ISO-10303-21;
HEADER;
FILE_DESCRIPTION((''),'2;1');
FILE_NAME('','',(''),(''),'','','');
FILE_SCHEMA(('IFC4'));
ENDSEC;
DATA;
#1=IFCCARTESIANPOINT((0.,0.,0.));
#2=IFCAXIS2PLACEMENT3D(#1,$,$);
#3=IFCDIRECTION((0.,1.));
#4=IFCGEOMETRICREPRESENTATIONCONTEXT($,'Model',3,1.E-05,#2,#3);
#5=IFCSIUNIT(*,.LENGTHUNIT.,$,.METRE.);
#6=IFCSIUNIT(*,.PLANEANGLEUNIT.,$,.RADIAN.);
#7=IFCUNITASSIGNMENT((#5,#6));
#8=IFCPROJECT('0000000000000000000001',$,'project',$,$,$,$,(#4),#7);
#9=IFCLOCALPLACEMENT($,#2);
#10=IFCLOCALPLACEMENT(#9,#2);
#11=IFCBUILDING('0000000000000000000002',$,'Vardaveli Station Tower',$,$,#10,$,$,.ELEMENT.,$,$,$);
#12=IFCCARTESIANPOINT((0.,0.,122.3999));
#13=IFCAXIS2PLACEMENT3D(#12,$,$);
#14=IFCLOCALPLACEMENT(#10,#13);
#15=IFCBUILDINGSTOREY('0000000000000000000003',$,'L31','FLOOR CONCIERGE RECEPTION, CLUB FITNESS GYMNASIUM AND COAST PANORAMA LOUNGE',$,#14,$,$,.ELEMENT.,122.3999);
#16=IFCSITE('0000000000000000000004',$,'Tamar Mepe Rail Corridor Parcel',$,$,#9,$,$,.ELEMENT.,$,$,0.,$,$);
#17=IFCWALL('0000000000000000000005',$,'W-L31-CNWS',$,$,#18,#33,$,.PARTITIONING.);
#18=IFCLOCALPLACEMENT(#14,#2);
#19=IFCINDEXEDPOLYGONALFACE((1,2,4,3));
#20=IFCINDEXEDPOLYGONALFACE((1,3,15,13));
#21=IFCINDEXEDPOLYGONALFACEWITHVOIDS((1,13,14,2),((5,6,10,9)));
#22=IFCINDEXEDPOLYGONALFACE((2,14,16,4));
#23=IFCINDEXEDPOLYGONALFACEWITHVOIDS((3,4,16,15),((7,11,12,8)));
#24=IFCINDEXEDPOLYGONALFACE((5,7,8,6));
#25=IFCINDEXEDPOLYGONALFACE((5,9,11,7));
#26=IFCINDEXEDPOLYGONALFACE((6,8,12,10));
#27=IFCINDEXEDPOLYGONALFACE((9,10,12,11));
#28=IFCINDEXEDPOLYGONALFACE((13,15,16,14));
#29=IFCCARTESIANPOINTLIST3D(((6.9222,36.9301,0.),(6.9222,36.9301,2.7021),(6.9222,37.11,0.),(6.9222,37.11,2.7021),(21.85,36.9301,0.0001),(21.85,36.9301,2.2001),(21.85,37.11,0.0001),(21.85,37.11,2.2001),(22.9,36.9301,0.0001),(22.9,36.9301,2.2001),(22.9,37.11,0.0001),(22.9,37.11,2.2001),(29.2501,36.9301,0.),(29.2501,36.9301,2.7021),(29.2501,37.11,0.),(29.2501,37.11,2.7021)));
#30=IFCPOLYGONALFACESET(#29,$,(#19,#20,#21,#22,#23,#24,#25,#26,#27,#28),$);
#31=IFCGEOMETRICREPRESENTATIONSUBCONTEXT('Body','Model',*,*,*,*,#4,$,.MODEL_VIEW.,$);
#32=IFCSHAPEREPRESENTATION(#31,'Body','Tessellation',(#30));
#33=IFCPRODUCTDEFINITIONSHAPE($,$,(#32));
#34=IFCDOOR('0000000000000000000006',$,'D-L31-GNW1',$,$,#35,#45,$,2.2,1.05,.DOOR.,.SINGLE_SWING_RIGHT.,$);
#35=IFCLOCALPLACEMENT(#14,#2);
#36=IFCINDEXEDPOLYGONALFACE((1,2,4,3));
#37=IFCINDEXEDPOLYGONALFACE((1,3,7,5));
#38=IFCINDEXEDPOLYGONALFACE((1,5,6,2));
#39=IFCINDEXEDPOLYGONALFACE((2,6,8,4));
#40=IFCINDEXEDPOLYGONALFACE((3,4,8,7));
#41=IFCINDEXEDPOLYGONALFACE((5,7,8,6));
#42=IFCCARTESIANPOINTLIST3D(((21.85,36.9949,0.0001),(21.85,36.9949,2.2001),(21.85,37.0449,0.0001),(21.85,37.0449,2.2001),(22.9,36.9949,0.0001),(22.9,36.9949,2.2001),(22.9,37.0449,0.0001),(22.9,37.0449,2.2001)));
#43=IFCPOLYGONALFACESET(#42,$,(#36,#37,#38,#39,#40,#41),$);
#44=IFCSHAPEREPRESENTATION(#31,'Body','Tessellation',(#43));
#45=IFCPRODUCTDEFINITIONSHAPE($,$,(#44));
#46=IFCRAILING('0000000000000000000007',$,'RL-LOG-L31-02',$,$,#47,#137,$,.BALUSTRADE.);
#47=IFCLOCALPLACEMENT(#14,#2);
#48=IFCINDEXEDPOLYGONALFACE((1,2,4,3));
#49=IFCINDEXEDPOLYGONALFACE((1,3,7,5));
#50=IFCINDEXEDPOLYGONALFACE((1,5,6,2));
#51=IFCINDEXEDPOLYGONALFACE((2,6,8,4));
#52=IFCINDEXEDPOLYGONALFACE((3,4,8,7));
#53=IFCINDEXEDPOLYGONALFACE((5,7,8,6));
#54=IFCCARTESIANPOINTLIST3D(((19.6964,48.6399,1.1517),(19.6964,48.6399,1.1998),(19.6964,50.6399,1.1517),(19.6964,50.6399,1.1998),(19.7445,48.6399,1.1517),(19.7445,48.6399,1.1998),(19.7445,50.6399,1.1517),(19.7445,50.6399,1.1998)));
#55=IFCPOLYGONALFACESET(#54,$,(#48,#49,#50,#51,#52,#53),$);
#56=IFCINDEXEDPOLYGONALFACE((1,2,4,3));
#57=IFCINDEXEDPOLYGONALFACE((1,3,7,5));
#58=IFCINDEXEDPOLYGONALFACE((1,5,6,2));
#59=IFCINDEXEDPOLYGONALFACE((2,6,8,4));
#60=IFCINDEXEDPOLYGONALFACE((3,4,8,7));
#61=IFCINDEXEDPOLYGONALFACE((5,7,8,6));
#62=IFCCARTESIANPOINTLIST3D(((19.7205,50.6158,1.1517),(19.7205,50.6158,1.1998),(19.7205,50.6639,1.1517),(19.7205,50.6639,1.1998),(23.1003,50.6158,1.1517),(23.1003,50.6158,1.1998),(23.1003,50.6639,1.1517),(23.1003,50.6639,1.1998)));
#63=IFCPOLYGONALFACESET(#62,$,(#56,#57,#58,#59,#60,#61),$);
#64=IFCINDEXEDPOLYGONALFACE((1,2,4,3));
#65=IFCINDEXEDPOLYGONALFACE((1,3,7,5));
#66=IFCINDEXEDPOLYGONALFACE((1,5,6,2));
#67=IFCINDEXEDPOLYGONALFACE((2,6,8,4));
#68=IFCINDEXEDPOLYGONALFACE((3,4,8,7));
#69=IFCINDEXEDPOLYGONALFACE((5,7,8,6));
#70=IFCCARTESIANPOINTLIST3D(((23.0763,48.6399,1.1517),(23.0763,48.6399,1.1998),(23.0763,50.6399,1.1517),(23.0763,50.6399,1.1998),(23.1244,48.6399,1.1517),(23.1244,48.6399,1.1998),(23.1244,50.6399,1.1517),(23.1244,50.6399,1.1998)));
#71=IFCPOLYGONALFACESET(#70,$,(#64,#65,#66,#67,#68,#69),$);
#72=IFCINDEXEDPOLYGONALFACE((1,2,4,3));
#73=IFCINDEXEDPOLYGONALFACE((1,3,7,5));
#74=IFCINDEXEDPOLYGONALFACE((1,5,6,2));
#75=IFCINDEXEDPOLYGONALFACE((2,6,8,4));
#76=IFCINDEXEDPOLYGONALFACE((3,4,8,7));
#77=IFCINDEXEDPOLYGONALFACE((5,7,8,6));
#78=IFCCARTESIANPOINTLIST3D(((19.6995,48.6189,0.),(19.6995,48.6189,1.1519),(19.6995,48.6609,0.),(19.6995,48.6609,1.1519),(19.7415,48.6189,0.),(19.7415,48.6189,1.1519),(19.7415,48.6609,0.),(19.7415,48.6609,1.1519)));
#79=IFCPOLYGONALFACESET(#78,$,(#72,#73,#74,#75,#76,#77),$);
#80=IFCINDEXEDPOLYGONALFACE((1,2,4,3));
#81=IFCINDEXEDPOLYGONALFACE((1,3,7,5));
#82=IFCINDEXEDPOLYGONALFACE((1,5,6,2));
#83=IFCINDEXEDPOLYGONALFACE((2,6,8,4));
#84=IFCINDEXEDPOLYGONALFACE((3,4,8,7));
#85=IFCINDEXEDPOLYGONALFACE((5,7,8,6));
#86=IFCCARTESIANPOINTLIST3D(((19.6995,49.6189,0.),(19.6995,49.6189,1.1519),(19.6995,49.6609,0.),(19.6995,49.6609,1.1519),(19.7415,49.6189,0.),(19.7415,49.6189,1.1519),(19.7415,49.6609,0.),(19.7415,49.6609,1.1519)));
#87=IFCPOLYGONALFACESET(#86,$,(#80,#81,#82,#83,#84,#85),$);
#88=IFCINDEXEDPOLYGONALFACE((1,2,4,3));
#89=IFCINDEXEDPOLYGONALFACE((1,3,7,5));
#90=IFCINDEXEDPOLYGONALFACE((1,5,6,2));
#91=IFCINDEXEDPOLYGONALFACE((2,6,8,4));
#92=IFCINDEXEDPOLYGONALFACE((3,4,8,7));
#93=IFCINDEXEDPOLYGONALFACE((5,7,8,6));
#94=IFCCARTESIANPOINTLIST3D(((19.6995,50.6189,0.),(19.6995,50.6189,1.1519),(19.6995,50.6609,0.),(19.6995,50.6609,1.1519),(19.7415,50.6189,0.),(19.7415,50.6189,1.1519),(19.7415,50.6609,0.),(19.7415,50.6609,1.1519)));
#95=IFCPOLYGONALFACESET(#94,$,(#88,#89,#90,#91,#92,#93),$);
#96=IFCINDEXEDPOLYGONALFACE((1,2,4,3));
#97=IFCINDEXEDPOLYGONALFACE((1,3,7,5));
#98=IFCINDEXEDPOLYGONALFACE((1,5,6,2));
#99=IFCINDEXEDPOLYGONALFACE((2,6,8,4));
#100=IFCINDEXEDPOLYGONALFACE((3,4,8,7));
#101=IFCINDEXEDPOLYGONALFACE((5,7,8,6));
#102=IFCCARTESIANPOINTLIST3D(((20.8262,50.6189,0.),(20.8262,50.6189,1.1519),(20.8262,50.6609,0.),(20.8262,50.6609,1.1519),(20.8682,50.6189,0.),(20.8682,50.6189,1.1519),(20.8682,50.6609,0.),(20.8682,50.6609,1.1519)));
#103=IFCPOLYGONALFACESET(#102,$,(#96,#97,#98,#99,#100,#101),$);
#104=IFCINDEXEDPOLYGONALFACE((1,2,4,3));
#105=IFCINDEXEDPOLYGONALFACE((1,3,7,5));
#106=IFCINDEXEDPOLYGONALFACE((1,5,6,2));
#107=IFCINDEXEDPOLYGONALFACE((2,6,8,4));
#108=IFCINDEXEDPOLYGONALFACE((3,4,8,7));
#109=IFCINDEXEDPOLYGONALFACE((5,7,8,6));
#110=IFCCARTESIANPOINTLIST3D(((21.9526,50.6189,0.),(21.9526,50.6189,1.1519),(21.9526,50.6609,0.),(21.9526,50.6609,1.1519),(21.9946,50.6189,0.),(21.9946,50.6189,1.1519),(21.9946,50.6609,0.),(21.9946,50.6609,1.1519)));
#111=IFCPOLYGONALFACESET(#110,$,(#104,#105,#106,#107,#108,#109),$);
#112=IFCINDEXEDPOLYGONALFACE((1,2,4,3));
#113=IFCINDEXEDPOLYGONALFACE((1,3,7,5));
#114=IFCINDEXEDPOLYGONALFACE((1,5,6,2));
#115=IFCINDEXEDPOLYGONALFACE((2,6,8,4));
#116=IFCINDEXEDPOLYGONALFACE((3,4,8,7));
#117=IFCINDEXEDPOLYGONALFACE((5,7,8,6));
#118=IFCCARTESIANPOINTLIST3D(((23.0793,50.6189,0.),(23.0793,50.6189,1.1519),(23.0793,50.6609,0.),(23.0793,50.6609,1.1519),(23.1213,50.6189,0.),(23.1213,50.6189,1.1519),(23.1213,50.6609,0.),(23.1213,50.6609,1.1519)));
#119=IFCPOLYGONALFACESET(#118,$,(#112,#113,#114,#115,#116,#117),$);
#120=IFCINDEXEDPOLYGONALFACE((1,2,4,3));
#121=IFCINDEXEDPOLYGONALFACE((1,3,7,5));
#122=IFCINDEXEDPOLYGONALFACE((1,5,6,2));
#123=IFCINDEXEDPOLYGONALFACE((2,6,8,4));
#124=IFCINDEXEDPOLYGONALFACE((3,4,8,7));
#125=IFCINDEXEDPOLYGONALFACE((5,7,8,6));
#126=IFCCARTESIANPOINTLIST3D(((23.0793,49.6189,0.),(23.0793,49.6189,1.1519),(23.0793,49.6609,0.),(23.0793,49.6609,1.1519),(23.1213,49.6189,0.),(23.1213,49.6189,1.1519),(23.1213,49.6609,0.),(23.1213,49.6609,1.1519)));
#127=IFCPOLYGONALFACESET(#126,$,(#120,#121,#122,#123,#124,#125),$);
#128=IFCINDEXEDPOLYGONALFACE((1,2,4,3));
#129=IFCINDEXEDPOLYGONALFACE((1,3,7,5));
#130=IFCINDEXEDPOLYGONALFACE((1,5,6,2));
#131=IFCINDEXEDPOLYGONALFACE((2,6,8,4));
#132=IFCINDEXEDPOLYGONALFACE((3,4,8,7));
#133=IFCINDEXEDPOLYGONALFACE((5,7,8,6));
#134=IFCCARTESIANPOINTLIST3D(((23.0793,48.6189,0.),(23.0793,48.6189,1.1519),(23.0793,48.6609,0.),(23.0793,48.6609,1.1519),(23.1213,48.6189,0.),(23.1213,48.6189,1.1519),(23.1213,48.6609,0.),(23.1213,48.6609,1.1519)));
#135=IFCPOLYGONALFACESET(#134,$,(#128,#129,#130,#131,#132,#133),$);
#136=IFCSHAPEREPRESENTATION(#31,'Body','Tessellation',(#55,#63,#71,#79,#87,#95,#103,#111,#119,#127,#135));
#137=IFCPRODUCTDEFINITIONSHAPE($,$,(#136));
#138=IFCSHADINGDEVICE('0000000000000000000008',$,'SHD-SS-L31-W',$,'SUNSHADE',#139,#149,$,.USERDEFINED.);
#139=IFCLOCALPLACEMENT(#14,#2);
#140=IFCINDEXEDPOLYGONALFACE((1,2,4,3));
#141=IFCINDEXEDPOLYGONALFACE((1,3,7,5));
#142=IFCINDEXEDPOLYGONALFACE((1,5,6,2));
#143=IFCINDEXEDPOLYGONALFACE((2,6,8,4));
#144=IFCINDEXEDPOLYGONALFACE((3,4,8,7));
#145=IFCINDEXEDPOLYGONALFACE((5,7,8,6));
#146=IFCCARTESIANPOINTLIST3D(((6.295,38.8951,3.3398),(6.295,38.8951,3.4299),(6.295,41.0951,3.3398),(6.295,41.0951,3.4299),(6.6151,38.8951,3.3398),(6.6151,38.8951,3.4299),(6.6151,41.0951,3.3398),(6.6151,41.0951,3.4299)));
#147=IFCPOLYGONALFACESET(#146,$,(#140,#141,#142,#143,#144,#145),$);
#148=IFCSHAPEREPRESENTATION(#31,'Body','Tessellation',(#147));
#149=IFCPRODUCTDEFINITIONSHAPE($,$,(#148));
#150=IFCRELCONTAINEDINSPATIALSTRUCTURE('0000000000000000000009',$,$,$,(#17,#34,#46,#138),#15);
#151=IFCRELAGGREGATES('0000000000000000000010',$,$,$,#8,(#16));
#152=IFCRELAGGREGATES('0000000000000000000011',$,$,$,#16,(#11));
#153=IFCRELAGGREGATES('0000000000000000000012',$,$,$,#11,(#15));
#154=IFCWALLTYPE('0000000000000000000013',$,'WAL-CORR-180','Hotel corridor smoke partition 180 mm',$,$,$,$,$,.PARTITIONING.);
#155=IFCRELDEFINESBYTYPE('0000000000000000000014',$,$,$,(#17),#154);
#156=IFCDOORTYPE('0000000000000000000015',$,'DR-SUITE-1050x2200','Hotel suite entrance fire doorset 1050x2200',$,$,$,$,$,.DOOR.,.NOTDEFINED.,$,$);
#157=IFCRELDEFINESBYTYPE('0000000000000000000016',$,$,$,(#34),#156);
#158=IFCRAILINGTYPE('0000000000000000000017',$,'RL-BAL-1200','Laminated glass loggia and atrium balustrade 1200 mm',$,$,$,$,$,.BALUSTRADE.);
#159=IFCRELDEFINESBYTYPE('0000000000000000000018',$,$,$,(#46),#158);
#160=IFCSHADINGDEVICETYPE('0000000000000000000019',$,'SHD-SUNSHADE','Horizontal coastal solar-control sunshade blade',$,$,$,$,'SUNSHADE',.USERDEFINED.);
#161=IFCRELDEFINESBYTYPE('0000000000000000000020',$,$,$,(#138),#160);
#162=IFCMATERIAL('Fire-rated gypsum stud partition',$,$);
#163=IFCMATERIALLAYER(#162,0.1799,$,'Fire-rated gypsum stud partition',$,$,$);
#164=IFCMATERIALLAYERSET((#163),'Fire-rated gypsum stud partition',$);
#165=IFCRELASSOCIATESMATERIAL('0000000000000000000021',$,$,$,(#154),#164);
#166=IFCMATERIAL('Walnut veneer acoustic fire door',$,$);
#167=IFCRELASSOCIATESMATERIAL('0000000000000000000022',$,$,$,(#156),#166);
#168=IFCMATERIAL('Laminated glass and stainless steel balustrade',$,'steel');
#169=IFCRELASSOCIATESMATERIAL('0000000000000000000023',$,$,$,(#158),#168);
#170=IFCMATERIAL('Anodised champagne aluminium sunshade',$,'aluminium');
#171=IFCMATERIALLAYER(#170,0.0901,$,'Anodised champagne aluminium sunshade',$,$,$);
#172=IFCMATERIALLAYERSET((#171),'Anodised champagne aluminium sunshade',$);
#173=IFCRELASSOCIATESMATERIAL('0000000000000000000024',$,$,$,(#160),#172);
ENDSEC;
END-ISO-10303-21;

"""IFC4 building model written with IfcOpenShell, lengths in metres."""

from ifc_helpers import new_model, si_unit, direction, frame, frame_2d, origin, origin_2d, place, context, subcontext, project, spatial, rectangle, extrude, source, transform, mapped, material, layer, layer_set, type_object, element, fill, save


model = new_model("IFC4")

# Units and contexts
model_context = context("Model", 3, precision=1e-05, world=origin(), true_north=direction((0.0, 1.0)))
body_context = subcontext(model_context, "Body", "Model", "MODEL_VIEW")
ifc_project = project(units=[si_unit("LENGTHUNIT", "METRE"), si_unit("PLANEANGLEUNIT", "RADIAN")], contexts=[model_context])

# Site, building, storey
site_placement = place(None, origin())
site = spatial("IfcSite", under=ifc_project, at=site_placement, Name="Tamar Mepe Rail Corridor Parcel", CompositionType="ELEMENT", RefElevation=0.0)
building_placement = place(site_placement, origin())
building = spatial("IfcBuilding", under=site, at=building_placement, Name="Vardaveli Station Tower", CompositionType="ELEMENT")
storey_placement = place(building_placement, frame((0.0, 0.0, 122.3999)))
storey = spatial("IfcBuildingStorey", under=building, at=storey_placement, Name="L31", Description="FLOOR CONCIERGE RECEPTION, CLUB FITNESS GYMNASIUM AND COAST PANORAMA LOUNGE", CompositionType="ELEMENT", Elevation=122.3999)

# Wall, opening, door
ifc_material_1 = material(Name="Fire-rated gypsum stud partition")
ifc_layer_1 = layer(ifc_material_1, 0.1799, Name="Fire-rated gypsum stud partition")
ifc_layer_set_1 = layer_set([ifc_layer_1], Name="Fire-rated gypsum stud partition")
wall_type_1 = type_object("IfcWallType", Name="WAL-CORR-180", Description="Hotel corridor smoke partition 180 mm", PredefinedType="PARTITIONING", material=ifc_layer_set_1)
shared_shape_1 = source(origin(), body_context, "Body", "SweptSolid", [
    extrude(rectangle(XDim=22.3279, YDim=0.1799, at=frame_2d((11.1641, 0.0))), origin(), (0.0, 0.0, 1.0), 2.7021),
])
wall_1_placement = place(storey_placement, frame((6.9221, 37.02, 0.0), z_axis=(0.0, 0.0, 1.0), x_axis=(1.0, 0.0, 0.0)))
wall_1 = element("IfcWall", 1, at=wall_1_placement, inside=storey, type_object=wall_type_1, Name="W-L31-CNWS", PredefinedType="PARTITIONING", context=body_context, shape_type="MappedRepresentation", body=[
    mapped(shared_shape_1, transform((0.0, 0.0, 0.0), scale=1.0)),
])
shared_shape_2 = source(origin(), body_context, "Body", "SweptSolid", [
    extrude(rectangle(XDim=1.05, YDim=2.2, at=frame_2d((0.5249, 1.1001))), frame((0.0, 0.1001, 0.0), z_axis=(0.0, -1.0, 0.0), x_axis=(1.0, 0.0, 0.0)), (0.0, 0.0, 1.0), 0.2),
])
opening_1_placement = place(wall_1_placement, frame((14.928, 0.0, 0.0)))
opening_1 = element("IfcOpeningElement", 2, at=opening_1_placement, cuts=wall_1, PredefinedType="OPENING", context=body_context, shape_type="MappedRepresentation", body=[
    mapped(shared_shape_2, transform((0.0, 0.0, 0.0), scale=1.0)),
])
ifc_material_2 = material(Name="Walnut veneer acoustic fire door")
door_type_1 = type_object("IfcDoorType", Name="DR-SUITE-1050x2200", Description="Hotel suite entrance fire doorset 1050x2200", OperationType="NOTDEFINED", PredefinedType="DOOR", material=ifc_material_2)
shared_shape_3 = source(origin(), body_context, "Body", "SweptSolid", [
    extrude(rectangle(XDim=1.05, YDim=2.2, at=frame_2d((0.5249, 1.1001))), frame((0.0, 0.0249, 0.0), z_axis=(0.0, -1.0, 0.0), x_axis=(1.0, 0.0, 0.0)), (0.0, 0.0, 1.0), 0.05),
])
door_1_placement = place(opening_1_placement, origin())
door_1 = element("IfcDoor", 3, at=door_1_placement, inside=storey, type_object=door_type_1, Name="D-L31-GNW1", OperationType="SINGLE_SWING_RIGHT", OverallHeight=2.2, OverallWidth=1.05, PredefinedType="DOOR", context=body_context, shape_type="MappedRepresentation", body=[
    mapped(shared_shape_3, transform((0.0, 0.0, 0.0), scale=1.0)),
])
fill(opening_1, door_1)

# Railing
ifc_material_3 = material(Name="Laminated glass and stainless steel balustrade", Category="steel")
railing_type = type_object("IfcRailingType", Name="RL-BAL-1200", Description="Laminated glass loggia and atrium balustrade 1200 mm", PredefinedType="BALUSTRADE", material=ifc_material_3)
shared_shape_4 = source(origin(), body_context, "Body", "SweptSolid", [
    extrude(rectangle(XDim=0.0481, YDim=0.0481, at=origin_2d()), frame((0.0, 0.0, 1.1758), z_axis=(0.0, 1.0, 0.0), x_axis=(-1.0, 0.0, 0.0)), (0.0, 0.0, 1.0), 2.0),
    extrude(rectangle(XDim=0.0481, YDim=0.0481, at=origin_2d()), frame((0.0, 2.0, 1.1758), z_axis=(1.0, 0.0, 0.0), x_axis=(0.0, 1.0, 0.0)), (0.0, 0.0, 1.0), 3.3799),
    extrude(rectangle(XDim=0.0481, YDim=0.0481, at=origin_2d()), frame((3.3799, 2.0, 1.1758), z_axis=(0.0, -1.0, 0.0), x_axis=(1.0, 0.0, 0.0)), (0.0, 0.0, 1.0), 2.0),
    extrude(rectangle(XDim=0.042, YDim=0.042, at=origin_2d()), origin(), (0.0, 0.0, 1.0), 1.1519),
    extrude(rectangle(XDim=0.042, YDim=0.042, at=origin_2d()), frame((0.0, 1.0, 0.0)), (0.0, 0.0, 1.0), 1.1519),
    extrude(rectangle(XDim=0.042, YDim=0.042, at=origin_2d()), frame((0.0, 2.0, 0.0)), (0.0, 0.0, 1.0), 1.1519),
    extrude(rectangle(XDim=0.042, YDim=0.042, at=origin_2d()), frame((1.1267, 2.0, 0.0)), (0.0, 0.0, 1.0), 1.1519),
    extrude(rectangle(XDim=0.042, YDim=0.042, at=origin_2d()), frame((2.2532, 2.0, 0.0)), (0.0, 0.0, 1.0), 1.1519),
    extrude(rectangle(XDim=0.042, YDim=0.042, at=origin_2d()), frame((3.3799, 2.0, 0.0)), (0.0, 0.0, 1.0), 1.1519),
    extrude(rectangle(XDim=0.042, YDim=0.042, at=origin_2d()), frame((3.3799, 1.0, 0.0)), (0.0, 0.0, 1.0), 1.1519),
    extrude(rectangle(XDim=0.042, YDim=0.042, at=origin_2d()), frame((3.3799, 0.0, 0.0)), (0.0, 0.0, 1.0), 1.1519),
])
railing_placement = place(storey_placement, frame((19.7205, 48.6399, 0.0)))
element("IfcRailing", 4, at=railing_placement, inside=storey, type_object=railing_type, Name="RL-LOG-L31-02", PredefinedType="BALUSTRADE", context=body_context, shape_type="MappedRepresentation", body=[
    mapped(shared_shape_4, transform((0.0, 0.0, 0.0), scale=1.0)),
])

# Shading device
ifc_material_4 = material(Name="Anodised champagne aluminium sunshade", Category="aluminium")
ifc_layer_2 = layer(ifc_material_4, 0.0901, Name="Anodised champagne aluminium sunshade")
ifc_layer_set_2 = layer_set([ifc_layer_2], Name="Anodised champagne aluminium sunshade")
shading_device_type = type_object("IfcShadingDeviceType", Name="SHD-SUNSHADE", Description="Horizontal coastal solar-control sunshade blade", ElementType="SUNSHADE", PredefinedType="USERDEFINED", material=ifc_layer_set_2)
shared_shape_5 = source(origin(), body_context, "Body", "SweptSolid", [
    extrude(rectangle(XDim=2.2, YDim=0.3201, at=origin_2d()), origin(), (0.0, 0.0, 1.0), 0.0901),
])
shading_device_placement = place(storey_placement, frame((6.4551, 39.9951, 3.3398), z_axis=(0.0, 0.0, 1.0), x_axis=(0.0, 1.0, 0.0)))
element("IfcShadingDevice", 5, at=shading_device_placement, inside=storey, type_object=shading_device_type, Name="SHD-SS-L31-W", ObjectType="SUNSHADE", PredefinedType="USERDEFINED", context=body_context, shape_type="MappedRepresentation", body=[
    mapped(shared_shape_5, transform((0.0, 0.0, 0.0), scale=1.0)),
])

save(model, "model.ifc")
